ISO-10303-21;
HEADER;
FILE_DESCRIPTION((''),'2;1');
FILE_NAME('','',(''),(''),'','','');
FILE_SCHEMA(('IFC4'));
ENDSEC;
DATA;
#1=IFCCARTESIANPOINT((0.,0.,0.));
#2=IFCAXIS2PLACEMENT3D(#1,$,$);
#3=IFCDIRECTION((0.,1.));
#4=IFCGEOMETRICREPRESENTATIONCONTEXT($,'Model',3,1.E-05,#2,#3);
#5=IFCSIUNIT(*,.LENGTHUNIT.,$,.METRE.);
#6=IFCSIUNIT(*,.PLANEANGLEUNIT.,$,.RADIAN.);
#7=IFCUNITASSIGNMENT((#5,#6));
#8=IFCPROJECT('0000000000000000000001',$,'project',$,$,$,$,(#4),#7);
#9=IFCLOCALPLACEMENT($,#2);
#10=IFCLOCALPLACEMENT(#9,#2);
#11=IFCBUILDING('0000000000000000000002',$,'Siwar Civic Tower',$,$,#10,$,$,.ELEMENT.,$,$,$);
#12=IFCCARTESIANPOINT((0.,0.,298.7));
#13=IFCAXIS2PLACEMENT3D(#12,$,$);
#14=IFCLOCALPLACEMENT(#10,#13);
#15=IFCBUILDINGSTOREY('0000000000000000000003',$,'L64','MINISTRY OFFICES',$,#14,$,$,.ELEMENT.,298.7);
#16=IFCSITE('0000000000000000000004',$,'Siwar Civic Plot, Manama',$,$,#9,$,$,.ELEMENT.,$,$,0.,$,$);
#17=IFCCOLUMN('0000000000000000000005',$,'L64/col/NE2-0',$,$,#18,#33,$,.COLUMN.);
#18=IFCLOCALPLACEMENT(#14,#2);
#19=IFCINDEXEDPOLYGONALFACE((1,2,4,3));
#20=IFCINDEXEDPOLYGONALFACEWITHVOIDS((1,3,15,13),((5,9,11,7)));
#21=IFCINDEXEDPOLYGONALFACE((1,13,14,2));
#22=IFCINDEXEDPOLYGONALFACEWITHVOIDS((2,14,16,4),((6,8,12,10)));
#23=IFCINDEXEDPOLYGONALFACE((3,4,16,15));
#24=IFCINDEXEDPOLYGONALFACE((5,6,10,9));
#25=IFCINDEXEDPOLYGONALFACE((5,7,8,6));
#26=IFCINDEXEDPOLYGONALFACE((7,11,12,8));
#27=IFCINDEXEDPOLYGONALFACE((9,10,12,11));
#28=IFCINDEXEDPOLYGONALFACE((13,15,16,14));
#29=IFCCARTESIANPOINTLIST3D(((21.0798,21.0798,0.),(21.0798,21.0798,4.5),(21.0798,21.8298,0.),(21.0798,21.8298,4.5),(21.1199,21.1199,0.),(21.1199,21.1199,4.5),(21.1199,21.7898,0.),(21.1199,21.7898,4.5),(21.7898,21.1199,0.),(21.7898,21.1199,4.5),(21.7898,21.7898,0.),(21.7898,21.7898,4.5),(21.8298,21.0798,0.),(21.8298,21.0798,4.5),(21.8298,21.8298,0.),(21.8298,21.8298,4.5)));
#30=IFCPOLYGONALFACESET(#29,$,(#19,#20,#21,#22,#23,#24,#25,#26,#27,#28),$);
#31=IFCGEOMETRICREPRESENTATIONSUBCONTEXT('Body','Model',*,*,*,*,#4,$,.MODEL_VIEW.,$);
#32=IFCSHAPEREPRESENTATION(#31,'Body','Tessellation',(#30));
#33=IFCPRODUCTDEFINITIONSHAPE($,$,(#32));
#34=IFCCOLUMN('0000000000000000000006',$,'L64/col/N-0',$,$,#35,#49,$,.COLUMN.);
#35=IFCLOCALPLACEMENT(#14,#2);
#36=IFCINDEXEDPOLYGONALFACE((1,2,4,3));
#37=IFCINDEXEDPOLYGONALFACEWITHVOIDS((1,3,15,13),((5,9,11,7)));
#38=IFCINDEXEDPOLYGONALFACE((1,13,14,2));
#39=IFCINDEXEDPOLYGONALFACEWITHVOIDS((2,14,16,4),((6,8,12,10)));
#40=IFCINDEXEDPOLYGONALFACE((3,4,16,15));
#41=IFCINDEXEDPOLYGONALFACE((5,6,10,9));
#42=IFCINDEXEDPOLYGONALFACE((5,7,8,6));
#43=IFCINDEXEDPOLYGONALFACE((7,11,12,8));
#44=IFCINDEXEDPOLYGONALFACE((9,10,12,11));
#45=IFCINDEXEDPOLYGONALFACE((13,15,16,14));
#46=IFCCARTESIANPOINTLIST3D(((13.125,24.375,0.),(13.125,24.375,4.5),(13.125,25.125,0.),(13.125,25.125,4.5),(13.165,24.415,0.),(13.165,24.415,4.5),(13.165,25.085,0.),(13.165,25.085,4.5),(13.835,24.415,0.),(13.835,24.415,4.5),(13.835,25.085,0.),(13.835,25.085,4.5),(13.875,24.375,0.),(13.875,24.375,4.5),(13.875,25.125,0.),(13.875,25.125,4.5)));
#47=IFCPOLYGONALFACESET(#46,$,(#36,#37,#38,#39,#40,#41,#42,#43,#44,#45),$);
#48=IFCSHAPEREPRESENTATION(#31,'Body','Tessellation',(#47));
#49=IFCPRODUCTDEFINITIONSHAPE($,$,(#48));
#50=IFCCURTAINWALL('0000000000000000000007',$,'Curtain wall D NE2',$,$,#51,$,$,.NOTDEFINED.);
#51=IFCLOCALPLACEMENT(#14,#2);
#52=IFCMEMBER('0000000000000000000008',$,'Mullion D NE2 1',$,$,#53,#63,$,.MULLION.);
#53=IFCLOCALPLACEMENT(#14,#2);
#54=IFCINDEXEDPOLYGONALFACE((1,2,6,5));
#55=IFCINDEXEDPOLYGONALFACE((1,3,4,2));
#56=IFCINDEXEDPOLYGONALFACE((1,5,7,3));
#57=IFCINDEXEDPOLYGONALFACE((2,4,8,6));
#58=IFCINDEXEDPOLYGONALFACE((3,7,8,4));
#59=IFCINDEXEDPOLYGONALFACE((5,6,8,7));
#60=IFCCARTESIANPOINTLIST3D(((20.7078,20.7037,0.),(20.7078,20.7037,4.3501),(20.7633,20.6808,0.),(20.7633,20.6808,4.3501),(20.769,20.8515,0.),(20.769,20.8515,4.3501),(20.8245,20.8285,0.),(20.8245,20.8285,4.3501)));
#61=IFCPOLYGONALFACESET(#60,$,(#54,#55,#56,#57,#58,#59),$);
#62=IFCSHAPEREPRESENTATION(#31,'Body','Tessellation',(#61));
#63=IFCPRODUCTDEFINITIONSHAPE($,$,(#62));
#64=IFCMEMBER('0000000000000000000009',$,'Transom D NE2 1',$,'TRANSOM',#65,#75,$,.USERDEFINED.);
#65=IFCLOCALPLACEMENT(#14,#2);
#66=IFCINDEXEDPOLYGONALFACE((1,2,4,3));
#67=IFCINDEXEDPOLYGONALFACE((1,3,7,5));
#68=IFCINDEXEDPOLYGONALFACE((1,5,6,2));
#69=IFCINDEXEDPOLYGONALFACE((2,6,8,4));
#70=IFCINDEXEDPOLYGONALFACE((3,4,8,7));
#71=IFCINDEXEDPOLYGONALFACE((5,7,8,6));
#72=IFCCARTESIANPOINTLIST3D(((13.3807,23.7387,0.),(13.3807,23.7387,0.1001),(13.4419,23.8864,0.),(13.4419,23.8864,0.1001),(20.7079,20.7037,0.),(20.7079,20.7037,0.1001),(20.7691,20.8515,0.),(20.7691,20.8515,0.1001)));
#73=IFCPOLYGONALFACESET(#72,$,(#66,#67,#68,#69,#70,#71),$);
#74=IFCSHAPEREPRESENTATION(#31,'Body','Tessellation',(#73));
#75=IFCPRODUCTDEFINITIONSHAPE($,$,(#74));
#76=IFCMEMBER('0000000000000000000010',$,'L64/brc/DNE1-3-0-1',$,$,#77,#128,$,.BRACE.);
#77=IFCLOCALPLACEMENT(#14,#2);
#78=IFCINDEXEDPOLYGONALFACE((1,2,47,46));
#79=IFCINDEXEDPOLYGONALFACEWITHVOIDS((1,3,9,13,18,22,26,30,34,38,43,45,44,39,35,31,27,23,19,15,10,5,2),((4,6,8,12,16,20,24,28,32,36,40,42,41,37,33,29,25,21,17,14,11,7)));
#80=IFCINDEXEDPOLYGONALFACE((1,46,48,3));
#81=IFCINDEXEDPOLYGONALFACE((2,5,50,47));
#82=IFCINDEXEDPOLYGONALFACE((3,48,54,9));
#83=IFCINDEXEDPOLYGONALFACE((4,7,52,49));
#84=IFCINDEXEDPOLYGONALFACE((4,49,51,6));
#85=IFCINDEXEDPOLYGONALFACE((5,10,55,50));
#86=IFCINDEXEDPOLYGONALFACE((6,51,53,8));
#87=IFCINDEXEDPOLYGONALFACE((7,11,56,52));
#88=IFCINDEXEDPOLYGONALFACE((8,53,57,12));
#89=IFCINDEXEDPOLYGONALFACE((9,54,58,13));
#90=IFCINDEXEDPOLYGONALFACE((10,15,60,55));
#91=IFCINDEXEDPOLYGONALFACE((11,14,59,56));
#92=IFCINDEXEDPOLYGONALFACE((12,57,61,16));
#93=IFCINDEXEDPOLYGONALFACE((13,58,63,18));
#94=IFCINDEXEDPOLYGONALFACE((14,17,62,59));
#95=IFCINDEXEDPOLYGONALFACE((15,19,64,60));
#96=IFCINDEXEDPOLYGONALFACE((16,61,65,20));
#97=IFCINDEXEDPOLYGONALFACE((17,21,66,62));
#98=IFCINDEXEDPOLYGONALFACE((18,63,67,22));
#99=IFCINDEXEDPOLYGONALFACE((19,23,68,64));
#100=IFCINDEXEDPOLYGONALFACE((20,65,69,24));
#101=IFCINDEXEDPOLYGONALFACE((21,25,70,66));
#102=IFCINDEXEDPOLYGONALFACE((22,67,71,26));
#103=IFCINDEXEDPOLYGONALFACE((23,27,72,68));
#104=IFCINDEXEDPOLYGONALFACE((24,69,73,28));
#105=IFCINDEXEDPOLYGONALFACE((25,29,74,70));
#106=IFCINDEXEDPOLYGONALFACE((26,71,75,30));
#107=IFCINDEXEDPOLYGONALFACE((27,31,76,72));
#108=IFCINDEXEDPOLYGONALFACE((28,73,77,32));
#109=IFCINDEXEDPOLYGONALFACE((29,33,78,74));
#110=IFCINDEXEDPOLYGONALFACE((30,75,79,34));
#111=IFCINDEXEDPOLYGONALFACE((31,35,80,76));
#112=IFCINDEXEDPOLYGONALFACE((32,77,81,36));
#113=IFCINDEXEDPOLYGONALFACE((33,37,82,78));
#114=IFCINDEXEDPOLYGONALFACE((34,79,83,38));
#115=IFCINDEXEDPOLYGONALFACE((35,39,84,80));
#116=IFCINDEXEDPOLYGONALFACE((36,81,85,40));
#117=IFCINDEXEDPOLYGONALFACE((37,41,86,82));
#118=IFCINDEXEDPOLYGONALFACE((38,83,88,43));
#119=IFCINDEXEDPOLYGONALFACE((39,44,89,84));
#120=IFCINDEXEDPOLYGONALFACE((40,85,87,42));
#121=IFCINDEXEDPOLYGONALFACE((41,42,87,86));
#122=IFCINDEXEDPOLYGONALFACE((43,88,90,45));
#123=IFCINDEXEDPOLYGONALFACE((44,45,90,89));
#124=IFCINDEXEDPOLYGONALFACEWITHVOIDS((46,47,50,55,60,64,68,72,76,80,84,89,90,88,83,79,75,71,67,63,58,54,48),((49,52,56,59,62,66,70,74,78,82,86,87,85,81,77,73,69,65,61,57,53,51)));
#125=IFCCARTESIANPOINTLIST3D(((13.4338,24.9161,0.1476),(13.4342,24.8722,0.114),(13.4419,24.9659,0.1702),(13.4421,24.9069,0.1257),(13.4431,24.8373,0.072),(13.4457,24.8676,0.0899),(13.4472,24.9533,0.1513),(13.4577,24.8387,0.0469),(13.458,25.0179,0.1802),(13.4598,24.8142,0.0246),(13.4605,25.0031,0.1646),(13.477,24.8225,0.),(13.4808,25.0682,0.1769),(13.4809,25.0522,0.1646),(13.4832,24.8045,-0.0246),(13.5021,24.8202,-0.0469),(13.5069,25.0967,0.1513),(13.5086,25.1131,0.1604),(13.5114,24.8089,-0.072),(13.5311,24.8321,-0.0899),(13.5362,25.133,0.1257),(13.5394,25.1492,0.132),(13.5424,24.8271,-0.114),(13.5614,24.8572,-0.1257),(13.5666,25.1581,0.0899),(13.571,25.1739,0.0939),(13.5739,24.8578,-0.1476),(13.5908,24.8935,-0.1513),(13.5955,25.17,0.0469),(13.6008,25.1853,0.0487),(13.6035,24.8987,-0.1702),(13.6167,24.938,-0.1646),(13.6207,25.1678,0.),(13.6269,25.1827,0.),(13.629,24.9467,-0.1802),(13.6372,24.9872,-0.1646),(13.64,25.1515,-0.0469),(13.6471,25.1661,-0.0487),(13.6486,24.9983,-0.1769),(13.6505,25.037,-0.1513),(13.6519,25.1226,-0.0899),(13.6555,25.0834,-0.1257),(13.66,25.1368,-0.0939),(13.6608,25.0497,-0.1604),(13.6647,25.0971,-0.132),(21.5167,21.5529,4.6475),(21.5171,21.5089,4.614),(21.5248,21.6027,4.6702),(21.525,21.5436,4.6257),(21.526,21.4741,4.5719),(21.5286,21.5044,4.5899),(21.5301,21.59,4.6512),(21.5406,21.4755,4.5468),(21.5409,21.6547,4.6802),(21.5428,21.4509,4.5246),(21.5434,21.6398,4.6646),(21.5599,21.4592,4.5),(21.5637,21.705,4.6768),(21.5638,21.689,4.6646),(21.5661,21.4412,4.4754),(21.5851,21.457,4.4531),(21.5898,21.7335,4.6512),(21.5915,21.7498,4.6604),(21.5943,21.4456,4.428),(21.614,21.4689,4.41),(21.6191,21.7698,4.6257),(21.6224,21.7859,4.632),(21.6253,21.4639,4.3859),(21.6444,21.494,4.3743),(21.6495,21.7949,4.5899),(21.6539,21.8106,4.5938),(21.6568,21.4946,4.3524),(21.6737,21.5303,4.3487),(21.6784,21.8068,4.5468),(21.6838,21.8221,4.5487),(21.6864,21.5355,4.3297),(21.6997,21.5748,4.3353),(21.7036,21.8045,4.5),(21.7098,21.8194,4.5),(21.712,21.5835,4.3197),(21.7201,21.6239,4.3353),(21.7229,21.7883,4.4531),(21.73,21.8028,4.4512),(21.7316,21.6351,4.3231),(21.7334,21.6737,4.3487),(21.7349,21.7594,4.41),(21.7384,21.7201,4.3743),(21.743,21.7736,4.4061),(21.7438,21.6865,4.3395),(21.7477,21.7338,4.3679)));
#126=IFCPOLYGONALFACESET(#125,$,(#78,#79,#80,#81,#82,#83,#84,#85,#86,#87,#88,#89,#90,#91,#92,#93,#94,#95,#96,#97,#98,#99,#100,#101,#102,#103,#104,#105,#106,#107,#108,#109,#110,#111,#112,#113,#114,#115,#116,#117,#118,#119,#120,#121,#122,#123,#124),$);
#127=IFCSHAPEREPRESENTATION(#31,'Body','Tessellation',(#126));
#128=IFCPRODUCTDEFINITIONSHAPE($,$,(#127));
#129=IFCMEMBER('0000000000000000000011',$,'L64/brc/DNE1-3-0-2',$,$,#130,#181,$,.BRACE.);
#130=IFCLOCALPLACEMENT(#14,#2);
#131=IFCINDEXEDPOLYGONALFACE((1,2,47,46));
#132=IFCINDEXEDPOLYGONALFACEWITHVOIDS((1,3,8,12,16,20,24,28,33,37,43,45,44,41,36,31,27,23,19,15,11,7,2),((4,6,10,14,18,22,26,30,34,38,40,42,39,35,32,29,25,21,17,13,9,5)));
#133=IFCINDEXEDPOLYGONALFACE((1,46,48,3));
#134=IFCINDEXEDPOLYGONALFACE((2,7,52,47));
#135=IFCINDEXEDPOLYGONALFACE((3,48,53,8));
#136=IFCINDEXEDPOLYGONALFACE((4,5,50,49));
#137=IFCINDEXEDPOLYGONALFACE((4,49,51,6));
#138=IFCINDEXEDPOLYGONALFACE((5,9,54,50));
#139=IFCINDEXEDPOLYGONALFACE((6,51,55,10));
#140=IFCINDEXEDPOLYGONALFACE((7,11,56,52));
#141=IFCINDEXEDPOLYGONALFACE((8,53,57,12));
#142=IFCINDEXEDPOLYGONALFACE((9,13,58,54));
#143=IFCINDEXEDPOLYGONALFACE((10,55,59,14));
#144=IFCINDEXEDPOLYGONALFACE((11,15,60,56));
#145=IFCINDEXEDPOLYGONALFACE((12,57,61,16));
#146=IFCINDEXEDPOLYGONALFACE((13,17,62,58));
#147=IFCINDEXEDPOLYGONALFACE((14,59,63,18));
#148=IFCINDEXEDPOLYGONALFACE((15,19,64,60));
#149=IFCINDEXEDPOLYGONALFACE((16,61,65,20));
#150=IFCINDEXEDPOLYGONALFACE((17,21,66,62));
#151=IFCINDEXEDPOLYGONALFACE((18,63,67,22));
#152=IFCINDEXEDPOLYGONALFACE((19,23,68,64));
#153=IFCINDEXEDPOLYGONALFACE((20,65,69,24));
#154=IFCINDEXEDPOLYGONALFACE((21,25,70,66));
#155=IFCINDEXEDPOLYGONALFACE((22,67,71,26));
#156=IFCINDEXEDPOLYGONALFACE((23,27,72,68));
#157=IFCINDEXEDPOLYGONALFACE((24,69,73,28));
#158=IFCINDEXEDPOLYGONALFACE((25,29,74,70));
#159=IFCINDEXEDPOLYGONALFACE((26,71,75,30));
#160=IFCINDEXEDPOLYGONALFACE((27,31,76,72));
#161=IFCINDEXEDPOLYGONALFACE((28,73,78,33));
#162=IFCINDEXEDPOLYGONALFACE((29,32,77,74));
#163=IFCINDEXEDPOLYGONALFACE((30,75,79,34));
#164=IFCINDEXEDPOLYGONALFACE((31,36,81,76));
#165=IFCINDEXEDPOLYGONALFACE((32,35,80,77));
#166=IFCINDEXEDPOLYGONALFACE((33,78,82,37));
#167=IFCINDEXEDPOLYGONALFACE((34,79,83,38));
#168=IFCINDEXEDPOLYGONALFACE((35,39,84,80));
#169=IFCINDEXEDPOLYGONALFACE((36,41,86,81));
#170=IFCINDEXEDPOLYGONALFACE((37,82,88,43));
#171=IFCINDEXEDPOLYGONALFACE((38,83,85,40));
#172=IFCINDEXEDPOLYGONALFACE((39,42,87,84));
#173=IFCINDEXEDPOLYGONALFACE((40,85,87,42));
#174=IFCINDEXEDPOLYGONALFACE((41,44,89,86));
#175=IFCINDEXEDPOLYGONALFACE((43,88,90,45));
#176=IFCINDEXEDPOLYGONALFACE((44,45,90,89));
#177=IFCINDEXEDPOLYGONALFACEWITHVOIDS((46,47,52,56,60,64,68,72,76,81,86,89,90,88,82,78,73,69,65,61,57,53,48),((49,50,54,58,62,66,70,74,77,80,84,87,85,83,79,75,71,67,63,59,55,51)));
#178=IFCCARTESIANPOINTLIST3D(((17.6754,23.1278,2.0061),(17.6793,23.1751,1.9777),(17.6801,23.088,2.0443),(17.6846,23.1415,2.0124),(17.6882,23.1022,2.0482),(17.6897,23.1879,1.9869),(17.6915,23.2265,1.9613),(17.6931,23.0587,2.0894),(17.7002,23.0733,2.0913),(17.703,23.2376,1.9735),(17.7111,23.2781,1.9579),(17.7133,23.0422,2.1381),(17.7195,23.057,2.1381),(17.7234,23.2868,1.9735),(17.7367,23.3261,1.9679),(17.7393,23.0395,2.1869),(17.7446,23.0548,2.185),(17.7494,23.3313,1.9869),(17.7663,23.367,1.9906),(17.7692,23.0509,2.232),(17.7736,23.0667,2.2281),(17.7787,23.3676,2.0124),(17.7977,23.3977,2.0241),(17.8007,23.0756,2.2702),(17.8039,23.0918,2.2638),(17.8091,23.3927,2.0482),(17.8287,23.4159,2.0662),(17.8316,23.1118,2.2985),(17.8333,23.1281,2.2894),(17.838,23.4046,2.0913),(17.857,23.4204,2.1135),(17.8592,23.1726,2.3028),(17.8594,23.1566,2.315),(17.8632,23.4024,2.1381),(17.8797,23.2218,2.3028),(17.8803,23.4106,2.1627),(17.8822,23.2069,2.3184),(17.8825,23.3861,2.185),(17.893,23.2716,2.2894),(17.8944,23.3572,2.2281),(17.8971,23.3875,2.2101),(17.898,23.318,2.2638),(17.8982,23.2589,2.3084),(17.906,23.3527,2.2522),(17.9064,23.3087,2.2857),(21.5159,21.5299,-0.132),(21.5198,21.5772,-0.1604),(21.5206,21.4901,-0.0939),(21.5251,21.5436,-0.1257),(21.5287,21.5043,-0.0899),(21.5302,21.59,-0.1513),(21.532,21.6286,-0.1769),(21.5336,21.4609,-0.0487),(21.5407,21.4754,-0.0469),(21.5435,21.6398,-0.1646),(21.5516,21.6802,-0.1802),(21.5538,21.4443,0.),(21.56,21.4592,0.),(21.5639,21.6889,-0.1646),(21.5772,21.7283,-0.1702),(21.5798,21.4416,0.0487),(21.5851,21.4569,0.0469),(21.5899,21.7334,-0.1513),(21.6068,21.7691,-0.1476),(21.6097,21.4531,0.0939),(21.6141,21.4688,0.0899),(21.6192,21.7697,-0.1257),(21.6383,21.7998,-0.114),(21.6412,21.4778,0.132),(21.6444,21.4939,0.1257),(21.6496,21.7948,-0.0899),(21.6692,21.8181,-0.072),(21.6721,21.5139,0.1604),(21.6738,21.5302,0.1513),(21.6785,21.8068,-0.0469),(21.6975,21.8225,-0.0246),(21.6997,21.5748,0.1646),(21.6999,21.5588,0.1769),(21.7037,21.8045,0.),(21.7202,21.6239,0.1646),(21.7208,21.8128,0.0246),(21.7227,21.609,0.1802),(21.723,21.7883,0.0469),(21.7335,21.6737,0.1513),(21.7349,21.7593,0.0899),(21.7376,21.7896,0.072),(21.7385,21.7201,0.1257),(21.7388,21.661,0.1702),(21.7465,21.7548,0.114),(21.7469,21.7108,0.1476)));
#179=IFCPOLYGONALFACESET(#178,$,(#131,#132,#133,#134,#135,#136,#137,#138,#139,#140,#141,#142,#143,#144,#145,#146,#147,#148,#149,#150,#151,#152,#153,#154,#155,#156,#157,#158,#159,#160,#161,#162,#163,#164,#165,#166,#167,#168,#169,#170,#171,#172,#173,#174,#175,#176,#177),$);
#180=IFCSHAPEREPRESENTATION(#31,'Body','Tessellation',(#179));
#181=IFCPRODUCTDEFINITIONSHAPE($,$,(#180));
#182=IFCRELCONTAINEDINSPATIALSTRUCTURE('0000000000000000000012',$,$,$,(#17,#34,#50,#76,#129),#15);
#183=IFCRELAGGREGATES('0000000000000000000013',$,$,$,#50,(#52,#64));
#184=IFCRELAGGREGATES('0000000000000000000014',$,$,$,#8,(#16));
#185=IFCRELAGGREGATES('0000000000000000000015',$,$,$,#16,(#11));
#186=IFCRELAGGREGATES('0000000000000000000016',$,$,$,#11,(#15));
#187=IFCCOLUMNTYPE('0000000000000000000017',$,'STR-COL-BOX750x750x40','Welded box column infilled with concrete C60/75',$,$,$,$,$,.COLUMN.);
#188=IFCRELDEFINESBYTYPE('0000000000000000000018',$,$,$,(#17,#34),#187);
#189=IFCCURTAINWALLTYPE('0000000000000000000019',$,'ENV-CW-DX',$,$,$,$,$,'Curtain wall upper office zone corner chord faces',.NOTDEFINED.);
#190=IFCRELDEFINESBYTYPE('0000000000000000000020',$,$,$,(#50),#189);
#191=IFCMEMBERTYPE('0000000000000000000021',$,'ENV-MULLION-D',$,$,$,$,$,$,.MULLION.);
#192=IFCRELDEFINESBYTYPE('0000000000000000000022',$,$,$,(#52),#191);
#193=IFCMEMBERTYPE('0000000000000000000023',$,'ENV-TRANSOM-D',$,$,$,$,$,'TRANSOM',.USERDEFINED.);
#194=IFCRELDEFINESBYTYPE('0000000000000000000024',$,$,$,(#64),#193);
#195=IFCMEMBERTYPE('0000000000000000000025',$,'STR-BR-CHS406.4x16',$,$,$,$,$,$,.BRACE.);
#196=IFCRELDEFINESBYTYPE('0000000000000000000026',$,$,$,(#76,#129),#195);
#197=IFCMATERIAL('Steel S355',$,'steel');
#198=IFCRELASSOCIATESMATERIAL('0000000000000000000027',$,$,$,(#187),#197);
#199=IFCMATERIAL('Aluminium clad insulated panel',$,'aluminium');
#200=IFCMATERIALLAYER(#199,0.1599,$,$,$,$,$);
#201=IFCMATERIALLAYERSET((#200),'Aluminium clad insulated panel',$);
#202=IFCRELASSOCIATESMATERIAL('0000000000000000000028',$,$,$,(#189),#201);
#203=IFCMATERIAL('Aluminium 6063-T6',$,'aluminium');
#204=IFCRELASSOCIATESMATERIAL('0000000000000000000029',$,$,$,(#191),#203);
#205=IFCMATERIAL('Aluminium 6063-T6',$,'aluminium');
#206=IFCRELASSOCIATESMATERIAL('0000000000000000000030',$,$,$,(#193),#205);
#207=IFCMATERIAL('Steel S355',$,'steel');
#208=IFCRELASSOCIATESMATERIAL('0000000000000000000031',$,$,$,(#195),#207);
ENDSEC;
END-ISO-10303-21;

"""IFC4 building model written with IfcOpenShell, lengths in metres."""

from ifc_helpers import new_model, si_unit, direction, frame, origin, origin_2d, place, context, subcontext, project, spatial, rectangle, hollow_rectangle, hollow_circle, extrude, material, layer, layer_set, material_profile, profile_set, type_object, element, aggregate, save


model = new_model("IFC4")

# Units and contexts
model_context = context("Model", 3, precision=1e-05, world=origin(), true_north=direction((0.0, 1.0)))
body_context = subcontext(model_context, "Body", "Model", "MODEL_VIEW")
ifc_project = project(units=[si_unit("LENGTHUNIT", "METRE"), si_unit("PLANEANGLEUNIT", "RADIAN")], contexts=[model_context])

# Site, building, storey
site_placement = place(None, origin())
site = spatial("IfcSite", under=ifc_project, at=site_placement, Name="Siwar Civic Plot, Manama", CompositionType="ELEMENT", RefElevation=0.0)
building_placement = place(site_placement, origin())
building = spatial("IfcBuilding", under=site, at=building_placement, Name="Siwar Civic Tower", CompositionType="ELEMENT")
storey_placement = place(building_placement, frame((0.0, 0.0, 298.7)))
storey = spatial("IfcBuildingStorey", under=building, at=storey_placement, Name="L64", Description="MINISTRY OFFICES", CompositionType="ELEMENT", Elevation=298.7)

# Columns
ifc_material_1 = material(Name="Steel S355", Category="steel")
ifc_material_profile_1 = material_profile(ifc_material_1, hollow_rectangle(XDim=0.75, YDim=0.75, WallThickness=0.04, at=origin_2d()), Name="BOX750x750x40")
ifc_profile_set_1 = profile_set([ifc_material_profile_1], Name="Steel S355")
column_type = type_object("IfcColumnType", Name="STR-COL-BOX750x750x40", Description="Welded box column infilled with concrete C60/75", PredefinedType="COLUMN", material=ifc_profile_set_1)
for number, where, z_axis, x_axis, name in (
    (1, (21.4548, 21.4548, 0.0), (0.0, 0.0, 1.0), (1.0, 0.0, 0.0), "L64/col/NE2-0"),
    (2, (13.5, 24.75, 0.0), (0.0, 0.0, 1.0), (1.0, 0.0, 0.0), "L64/col/N-0"),
):
    element("IfcColumn", number, at=place(storey_placement, frame(where, z_axis=z_axis, x_axis=x_axis)), inside=storey, type_object=column_type, Name=name, PredefinedType="COLUMN", context=body_context, shape_type="SweptSolid", body=[
        extrude(hollow_rectangle(XDim=0.75, YDim=0.75, WallThickness=0.04, at=origin_2d()), origin(), (0.0, 0.0, 1.0), 4.5),
    ])

# Curtain wall, members
ifc_material_2 = material(Name="Aluminium clad insulated panel", Category="aluminium")
ifc_layer_1 = layer(ifc_material_2, 0.1599)
ifc_layer_set_1 = layer_set([ifc_layer_1], Name="Aluminium clad insulated panel")
curtain_wall_type = type_object("IfcCurtainWallType", Name="ENV-CW-DX", ElementType="Curtain wall upper office zone corner chord faces", PredefinedType="NOTDEFINED", material=ifc_layer_set_1)
curtain_wall_1_placement = place(storey_placement, origin())
curtain_wall_1 = element("IfcCurtainWall", 3, at=curtain_wall_1_placement, inside=storey, type_object=curtain_wall_type, Name="Curtain wall D NE2", PredefinedType="NOTDEFINED")
ifc_material_3 = material(Name="Aluminium 6063-T6", Category="aluminium")
ifc_material_profile_2 = material_profile(ifc_material_3, rectangle(XDim=0.1599, YDim=0.0601, at=origin_2d()), Name="AL 160x60")
ifc_profile_set_2 = profile_set([ifc_material_profile_2], Name="Aluminium 6063-T6")
member_type_1 = type_object("IfcMemberType", Name="ENV-MULLION-D", PredefinedType="MULLION", material=ifc_profile_set_2)
member_1_placement = place(storey_placement, frame((20.7661, 20.7661, 0.0), z_axis=(0.0, 0.0, 1.0), x_axis=(-0.382683, -0.92388, 0.0)))
member_1 = element("IfcMember", 4, at=member_1_placement, type_object=member_type_1, Name="Mullion D NE2 1", PredefinedType="MULLION", context=body_context, shape_type="SweptSolid", body=[
    extrude(rectangle(XDim=0.1599, YDim=0.0601, at=origin_2d()), origin(), (0.0, 0.0, 1.0), 4.3501),
])
ifc_material_4 = material(Name="Aluminium 6063-T6", Category="aluminium")
ifc_material_profile_3 = material_profile(ifc_material_4, rectangle(XDim=0.1599, YDim=0.1001, at=origin_2d()), Name="AL 160x100")
ifc_profile_set_3 = profile_set([ifc_material_profile_3], Name="Aluminium 6063-T6")
member_type_2 = type_object("IfcMemberType", Name="ENV-TRANSOM-D", ElementType="TRANSOM", PredefinedType="USERDEFINED", material=ifc_profile_set_3)
member_2_placement = place(storey_placement, frame((20.7385, 20.7776, 0.05), z_axis=(-0.923884, 0.382674, 0.0), x_axis=(-0.382674, -0.923884, 0.0)))
member_2 = element("IfcMember", 5, at=member_2_placement, type_object=member_type_2, Name="Transom D NE2 1", ObjectType="TRANSOM", PredefinedType="USERDEFINED", context=body_context, shape_type="SweptSolid", body=[
    extrude(rectangle(XDim=0.1599, YDim=0.1001, at=origin_2d()), origin(), (0.0, 0.0, 1.0), 7.9309),
])

# Members
ifc_material_5 = material(Name="Steel S355", Category="steel")
ifc_material_profile_4 = material_profile(ifc_material_5, hollow_circle(Radius=0.2031, WallThickness=0.0161, at=origin_2d()), Name="CHS406.4x16")
ifc_profile_set_4 = profile_set([ifc_material_profile_4], Name="Steel S355")
member_type_3 = type_object("IfcMemberType", Name="STR-BR-CHS406.4x16", PredefinedType="BRACE", material=ifc_profile_set_4)
member_3_placement = place(storey_placement, frame((13.5488, 24.9951, 0.0), z_axis=(0.821143, -0.341671, 0.457149), x_axis=(0.384164, 0.923265, 0.0)))
element("IfcMember", 6, at=member_3_placement, inside=storey, type_object=member_type_3, Name="L64/brc/DNE1-3-0-1", PredefinedType="BRACE", context=body_context, shape_type="SweptSolid", body=[
    extrude(hollow_circle(Radius=0.2031, WallThickness=0.0161, at=origin_2d()), origin(), (0.0, 0.0, 1.0), 9.8435),
])
member_4_placement = place(storey_placement, frame((21.6318, 21.6318, 0.0), z_axis=(-0.821147, 0.341644, 0.457161), x_axis=(-0.384136, -0.923276, 0.0)))
element("IfcMember", 7, at=member_4_placement, inside=storey, type_object=member_type_3, Name="L64/brc/DNE1-3-0-2", PredefinedType="BRACE", context=body_context, shape_type="SweptSolid", body=[
    extrude(hollow_circle(Radius=0.2031, WallThickness=0.0161, at=origin_2d()), origin(), (0.0, 0.0, 1.0), 4.677),
])

aggregate(curtain_wall_1, [member_1, member_2])

save(model, "model.ifc")
